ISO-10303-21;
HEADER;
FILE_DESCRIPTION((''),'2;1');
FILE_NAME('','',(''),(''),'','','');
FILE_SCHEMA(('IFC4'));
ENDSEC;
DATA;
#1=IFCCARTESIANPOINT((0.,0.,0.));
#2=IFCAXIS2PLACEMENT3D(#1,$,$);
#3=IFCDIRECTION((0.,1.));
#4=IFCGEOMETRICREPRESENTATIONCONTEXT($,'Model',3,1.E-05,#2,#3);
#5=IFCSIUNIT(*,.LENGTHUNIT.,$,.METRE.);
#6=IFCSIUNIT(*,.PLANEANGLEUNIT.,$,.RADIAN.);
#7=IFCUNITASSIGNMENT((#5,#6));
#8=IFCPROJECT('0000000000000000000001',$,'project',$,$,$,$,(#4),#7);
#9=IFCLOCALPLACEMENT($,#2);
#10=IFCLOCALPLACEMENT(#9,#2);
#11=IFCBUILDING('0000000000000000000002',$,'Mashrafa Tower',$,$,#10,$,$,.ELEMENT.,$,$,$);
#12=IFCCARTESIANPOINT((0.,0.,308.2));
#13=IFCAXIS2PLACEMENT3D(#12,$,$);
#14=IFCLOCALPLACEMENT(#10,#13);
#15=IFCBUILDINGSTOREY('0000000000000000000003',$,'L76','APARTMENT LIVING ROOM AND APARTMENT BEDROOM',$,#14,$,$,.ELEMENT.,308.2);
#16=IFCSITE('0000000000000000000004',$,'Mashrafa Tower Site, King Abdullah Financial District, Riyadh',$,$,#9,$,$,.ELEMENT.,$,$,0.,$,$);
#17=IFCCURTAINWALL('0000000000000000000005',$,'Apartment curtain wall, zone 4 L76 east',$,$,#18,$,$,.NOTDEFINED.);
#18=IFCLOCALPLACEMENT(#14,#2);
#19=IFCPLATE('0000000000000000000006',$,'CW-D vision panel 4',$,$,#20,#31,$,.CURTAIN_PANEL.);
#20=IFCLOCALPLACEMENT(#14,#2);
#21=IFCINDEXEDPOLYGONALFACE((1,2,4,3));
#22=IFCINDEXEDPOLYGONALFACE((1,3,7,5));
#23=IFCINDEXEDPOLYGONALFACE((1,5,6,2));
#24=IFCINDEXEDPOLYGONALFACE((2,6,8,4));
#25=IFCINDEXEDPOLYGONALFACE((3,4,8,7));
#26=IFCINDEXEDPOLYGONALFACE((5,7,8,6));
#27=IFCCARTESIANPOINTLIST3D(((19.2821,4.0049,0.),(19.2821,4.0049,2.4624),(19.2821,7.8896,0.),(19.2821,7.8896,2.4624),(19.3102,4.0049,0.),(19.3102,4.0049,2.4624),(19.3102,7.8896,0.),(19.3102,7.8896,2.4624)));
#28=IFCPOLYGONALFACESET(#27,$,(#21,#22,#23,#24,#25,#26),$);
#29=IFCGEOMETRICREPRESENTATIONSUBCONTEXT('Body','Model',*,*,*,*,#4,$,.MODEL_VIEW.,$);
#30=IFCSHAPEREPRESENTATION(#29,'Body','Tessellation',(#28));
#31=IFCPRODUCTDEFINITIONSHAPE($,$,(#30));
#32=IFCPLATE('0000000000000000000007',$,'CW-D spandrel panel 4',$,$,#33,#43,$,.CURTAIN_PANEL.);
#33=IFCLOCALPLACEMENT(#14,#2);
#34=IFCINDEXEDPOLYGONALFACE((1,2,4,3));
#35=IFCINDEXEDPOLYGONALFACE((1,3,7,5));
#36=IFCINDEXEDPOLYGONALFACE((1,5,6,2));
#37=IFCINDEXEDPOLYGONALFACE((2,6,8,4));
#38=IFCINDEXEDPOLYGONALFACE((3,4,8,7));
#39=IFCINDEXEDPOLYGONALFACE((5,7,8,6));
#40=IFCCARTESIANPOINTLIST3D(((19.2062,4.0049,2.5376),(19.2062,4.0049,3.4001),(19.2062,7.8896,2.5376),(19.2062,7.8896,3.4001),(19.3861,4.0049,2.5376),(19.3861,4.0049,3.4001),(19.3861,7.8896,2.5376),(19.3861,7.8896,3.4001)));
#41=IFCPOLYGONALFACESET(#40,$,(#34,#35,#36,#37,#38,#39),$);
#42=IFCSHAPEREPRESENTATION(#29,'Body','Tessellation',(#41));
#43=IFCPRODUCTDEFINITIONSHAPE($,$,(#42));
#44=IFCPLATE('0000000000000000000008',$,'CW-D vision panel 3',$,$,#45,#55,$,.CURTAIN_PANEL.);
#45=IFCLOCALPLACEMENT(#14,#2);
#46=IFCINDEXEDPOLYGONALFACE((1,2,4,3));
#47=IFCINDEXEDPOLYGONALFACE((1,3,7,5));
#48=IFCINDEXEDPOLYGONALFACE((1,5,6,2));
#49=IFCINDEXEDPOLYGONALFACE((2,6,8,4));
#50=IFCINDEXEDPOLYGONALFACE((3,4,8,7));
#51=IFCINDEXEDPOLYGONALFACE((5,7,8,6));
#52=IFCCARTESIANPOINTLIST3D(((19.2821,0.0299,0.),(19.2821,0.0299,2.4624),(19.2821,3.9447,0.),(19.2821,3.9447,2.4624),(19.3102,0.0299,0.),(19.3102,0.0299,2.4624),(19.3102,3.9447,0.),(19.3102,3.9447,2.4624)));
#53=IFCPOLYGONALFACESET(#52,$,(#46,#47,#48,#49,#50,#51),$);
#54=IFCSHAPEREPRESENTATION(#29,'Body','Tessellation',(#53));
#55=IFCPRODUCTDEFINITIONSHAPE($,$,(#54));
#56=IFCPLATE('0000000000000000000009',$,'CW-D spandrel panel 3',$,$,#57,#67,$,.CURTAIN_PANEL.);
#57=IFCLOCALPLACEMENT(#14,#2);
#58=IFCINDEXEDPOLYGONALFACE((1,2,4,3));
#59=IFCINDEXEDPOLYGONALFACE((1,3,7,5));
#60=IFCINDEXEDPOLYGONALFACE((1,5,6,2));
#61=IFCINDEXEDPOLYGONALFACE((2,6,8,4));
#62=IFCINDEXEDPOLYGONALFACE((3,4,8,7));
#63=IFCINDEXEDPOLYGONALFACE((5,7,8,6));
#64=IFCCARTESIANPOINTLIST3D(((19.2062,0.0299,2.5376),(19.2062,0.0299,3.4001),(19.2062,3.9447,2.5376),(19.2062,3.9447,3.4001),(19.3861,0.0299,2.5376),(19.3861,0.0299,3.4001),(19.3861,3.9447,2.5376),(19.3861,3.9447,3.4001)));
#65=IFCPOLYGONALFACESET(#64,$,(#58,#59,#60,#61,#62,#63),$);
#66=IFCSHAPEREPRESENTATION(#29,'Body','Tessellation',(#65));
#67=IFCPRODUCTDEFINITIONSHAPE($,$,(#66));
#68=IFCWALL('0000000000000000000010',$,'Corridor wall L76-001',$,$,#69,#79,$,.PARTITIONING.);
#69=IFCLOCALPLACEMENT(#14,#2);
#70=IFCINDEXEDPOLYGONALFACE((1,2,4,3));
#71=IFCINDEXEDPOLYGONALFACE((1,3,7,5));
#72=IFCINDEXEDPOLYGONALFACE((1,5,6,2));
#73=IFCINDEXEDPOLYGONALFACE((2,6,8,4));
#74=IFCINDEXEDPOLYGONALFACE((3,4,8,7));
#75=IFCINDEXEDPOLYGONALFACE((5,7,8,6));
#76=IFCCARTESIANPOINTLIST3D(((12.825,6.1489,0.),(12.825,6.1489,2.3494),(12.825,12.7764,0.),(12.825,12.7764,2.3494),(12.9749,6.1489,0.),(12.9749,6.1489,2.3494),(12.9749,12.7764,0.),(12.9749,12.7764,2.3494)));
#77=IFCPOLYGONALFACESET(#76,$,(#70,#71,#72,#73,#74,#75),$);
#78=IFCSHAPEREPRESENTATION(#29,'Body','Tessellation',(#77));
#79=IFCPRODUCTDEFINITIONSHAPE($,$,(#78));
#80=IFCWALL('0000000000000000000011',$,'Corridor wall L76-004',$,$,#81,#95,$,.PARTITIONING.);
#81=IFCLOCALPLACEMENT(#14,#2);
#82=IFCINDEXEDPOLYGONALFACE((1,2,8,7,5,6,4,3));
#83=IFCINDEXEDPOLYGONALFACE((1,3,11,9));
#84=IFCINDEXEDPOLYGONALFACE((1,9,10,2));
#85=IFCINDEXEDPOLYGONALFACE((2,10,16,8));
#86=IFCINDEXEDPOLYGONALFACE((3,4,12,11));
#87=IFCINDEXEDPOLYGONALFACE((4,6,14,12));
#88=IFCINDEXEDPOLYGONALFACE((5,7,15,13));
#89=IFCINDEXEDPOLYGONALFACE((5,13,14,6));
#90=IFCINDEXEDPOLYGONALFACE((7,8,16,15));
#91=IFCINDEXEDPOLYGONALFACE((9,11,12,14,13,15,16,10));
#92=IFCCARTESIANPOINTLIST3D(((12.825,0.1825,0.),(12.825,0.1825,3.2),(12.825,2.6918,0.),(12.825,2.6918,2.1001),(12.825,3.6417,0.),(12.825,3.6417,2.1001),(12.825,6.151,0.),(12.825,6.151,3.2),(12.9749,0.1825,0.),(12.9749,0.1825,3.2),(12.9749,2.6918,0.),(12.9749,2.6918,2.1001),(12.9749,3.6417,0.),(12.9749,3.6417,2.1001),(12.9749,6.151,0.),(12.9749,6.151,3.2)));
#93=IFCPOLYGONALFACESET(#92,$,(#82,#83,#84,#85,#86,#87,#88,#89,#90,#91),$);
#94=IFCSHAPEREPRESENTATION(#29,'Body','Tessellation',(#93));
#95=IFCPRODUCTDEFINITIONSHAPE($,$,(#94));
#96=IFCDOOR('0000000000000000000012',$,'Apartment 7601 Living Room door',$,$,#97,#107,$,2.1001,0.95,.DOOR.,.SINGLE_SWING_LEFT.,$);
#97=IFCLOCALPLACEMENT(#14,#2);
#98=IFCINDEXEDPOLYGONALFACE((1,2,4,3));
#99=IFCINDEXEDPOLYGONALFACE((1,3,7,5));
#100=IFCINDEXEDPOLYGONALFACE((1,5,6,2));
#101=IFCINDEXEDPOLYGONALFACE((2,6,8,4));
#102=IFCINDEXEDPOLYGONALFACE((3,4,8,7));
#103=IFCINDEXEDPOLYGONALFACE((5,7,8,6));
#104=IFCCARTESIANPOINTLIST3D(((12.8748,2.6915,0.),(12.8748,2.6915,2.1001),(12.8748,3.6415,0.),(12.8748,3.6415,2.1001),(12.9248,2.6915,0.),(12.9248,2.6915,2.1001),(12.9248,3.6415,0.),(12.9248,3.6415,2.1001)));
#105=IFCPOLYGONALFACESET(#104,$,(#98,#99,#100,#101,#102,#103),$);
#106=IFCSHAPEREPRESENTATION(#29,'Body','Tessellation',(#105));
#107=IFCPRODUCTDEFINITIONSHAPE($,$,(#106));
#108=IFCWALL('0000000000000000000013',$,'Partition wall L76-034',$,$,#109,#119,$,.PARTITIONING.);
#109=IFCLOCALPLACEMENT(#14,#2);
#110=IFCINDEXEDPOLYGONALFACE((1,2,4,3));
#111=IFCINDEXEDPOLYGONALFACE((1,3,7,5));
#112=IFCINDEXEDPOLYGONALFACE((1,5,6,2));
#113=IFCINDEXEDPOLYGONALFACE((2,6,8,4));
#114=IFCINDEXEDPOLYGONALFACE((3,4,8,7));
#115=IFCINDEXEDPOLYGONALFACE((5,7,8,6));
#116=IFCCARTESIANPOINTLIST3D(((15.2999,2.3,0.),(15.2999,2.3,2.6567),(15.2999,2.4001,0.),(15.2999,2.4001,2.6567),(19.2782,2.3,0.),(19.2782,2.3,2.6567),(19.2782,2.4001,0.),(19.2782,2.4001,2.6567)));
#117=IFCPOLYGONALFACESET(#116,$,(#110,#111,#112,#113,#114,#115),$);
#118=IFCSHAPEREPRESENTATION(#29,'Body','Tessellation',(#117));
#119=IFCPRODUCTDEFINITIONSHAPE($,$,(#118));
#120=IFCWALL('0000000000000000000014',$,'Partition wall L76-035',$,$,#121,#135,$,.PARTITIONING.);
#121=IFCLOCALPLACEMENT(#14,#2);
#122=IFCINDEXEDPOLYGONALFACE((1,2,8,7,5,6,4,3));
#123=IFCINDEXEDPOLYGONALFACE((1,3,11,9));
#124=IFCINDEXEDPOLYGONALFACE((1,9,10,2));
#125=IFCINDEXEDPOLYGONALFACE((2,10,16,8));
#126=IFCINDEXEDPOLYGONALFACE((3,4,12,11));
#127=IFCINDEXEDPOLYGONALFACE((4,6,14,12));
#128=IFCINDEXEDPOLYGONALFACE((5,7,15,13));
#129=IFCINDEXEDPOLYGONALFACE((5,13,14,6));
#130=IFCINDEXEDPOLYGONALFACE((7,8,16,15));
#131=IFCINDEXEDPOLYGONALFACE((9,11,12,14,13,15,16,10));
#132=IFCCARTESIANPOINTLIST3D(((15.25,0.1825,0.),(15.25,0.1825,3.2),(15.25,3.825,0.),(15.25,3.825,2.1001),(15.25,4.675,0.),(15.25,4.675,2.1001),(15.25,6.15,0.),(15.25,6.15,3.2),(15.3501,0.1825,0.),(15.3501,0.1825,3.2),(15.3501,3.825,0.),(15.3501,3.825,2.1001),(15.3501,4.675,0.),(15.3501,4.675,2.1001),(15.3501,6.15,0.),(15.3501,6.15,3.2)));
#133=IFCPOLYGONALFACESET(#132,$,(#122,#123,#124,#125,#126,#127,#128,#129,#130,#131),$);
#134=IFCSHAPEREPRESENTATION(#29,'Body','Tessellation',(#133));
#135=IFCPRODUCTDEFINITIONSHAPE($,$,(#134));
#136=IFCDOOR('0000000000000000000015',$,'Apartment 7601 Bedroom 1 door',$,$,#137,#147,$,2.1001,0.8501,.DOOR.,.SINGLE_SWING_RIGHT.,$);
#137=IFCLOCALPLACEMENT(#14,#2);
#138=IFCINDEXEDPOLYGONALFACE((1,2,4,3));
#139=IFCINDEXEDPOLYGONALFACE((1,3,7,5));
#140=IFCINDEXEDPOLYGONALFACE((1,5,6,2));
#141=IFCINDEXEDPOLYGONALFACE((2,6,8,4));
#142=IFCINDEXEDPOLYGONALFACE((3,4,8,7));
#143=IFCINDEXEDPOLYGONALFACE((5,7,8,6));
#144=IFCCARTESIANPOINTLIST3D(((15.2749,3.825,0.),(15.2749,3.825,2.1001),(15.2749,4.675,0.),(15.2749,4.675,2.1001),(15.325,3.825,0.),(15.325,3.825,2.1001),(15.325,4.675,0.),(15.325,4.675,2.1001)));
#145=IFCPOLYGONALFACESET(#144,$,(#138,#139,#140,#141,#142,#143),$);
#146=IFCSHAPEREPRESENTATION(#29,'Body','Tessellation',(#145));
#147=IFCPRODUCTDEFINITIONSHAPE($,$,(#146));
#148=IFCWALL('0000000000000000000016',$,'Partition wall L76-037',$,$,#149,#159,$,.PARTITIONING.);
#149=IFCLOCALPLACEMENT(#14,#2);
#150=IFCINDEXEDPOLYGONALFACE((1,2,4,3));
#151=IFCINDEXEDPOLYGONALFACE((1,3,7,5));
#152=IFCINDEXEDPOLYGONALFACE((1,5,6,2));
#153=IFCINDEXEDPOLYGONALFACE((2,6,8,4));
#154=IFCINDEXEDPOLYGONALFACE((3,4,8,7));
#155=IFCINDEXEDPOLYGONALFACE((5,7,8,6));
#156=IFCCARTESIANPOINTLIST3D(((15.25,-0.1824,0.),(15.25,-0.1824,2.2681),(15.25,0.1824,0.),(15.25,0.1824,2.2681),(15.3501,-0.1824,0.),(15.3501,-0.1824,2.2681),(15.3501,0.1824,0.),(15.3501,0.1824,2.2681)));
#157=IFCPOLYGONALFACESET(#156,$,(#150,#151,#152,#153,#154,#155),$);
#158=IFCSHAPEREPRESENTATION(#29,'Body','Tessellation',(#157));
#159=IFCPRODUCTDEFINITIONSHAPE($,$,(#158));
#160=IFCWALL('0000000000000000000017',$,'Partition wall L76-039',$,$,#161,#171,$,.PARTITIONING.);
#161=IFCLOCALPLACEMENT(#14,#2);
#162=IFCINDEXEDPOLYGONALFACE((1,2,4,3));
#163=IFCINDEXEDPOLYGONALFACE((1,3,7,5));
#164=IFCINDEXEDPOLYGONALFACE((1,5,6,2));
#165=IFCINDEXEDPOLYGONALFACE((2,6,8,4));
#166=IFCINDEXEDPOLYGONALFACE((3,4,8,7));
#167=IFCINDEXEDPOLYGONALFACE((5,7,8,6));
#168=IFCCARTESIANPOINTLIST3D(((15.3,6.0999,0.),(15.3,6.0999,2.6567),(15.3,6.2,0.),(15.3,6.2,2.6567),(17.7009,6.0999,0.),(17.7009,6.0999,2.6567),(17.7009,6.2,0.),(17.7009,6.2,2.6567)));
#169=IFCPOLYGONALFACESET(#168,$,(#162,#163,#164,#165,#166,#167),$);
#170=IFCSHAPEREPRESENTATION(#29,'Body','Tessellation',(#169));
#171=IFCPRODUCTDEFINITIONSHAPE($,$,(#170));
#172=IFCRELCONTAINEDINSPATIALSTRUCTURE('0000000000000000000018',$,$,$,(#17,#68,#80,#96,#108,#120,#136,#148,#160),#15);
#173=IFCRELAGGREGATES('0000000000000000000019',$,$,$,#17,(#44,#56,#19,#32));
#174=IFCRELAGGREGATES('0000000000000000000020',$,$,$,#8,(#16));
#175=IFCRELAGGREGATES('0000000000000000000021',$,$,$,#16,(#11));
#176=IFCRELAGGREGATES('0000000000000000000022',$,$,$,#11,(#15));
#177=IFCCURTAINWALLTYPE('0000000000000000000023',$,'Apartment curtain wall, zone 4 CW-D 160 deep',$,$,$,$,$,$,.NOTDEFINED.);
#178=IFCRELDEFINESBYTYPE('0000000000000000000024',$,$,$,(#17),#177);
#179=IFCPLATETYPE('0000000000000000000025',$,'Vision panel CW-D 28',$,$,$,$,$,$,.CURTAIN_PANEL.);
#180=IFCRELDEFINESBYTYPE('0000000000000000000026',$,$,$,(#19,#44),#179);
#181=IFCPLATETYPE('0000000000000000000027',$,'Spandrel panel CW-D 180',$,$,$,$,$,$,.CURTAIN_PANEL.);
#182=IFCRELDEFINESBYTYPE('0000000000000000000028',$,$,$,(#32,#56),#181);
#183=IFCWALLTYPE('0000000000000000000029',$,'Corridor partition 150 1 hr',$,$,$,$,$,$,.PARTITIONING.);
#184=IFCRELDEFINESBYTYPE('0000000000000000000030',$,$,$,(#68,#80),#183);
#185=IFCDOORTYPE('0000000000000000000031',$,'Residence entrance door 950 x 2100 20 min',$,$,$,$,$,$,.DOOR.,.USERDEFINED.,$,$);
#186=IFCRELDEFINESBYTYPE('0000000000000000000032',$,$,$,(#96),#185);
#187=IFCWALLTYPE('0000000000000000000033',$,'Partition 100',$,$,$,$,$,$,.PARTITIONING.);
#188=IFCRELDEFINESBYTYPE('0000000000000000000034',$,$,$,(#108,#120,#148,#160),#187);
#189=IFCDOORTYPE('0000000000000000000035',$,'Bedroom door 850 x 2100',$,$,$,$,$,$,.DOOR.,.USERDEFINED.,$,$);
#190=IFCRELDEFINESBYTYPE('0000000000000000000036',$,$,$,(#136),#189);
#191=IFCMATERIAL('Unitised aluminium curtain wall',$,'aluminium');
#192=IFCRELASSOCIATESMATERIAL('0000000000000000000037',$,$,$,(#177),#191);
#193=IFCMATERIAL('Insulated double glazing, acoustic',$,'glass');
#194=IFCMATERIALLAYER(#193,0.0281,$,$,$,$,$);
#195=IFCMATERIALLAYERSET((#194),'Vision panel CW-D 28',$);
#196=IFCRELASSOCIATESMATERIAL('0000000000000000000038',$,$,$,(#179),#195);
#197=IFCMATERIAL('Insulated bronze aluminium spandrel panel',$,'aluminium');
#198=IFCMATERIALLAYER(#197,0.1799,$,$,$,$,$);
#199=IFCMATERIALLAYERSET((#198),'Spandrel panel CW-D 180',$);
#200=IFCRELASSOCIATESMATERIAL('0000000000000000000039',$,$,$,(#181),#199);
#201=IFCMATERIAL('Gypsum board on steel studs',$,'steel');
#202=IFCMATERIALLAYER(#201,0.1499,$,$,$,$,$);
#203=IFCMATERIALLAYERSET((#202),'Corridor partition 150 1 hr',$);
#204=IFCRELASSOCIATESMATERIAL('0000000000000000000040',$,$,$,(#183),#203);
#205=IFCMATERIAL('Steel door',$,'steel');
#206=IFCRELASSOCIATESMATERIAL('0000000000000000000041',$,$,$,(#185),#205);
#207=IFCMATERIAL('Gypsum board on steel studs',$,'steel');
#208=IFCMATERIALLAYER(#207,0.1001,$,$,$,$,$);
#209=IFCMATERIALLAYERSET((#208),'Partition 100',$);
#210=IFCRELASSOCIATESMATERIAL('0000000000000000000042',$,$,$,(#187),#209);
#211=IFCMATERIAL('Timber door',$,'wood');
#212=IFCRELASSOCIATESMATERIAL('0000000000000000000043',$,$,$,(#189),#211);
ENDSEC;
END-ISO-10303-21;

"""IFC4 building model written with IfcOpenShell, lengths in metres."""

from ifc_helpers import new_model, si_unit, direction, frame, frame_2d, origin, origin_2d, place, context, subcontext, project, spatial, rectangle, extrude, source, transform, mapped, material, layer, layer_set, type_object, type_shapes, element, fill, aggregate, save


model = new_model("IFC4")

# Units and contexts
model_context = context("Model", 3, precision=1e-05, world=origin(), true_north=direction((0.0, 1.0)))
body_context = subcontext(model_context, "Body", "Model", "MODEL_VIEW")
ifc_project = project(units=[si_unit("LENGTHUNIT", "METRE"), si_unit("PLANEANGLEUNIT", "RADIAN")], contexts=[model_context])

# Site, building, storey
site_placement = place(None, origin())
site = spatial("IfcSite", under=ifc_project, at=site_placement, Name="Mashrafa Tower Site, King Abdullah Financial District, Riyadh", CompositionType="ELEMENT", RefElevation=0.0)
building_placement = place(site_placement, origin())
building = spatial("IfcBuilding", under=site, at=building_placement, Name="Mashrafa Tower", CompositionType="ELEMENT")
storey_placement = place(building_placement, frame((0.0, 0.0, 308.2)))
storey = spatial("IfcBuildingStorey", under=building, at=storey_placement, Name="L76", Description="APARTMENT LIVING ROOM AND APARTMENT BEDROOM", CompositionType="ELEMENT", Elevation=308.2)

# Curtain wall, plates
ifc_material_1 = material(Name="Unitised aluminium curtain wall", Category="aluminium")
curtain_wall_type = type_object("IfcCurtainWallType", Name="Apartment curtain wall, zone 4 CW-D 160 deep", PredefinedType="NOTDEFINED", material=ifc_material_1)
curtain_wall_placement = place(storey_placement, origin())
curtain_wall = element("IfcCurtainWall", 1, at=curtain_wall_placement, inside=storey, type_object=curtain_wall_type, Name="Apartment curtain wall, zone 4 L76 east", PredefinedType="NOTDEFINED")
ifc_material_2 = material(Name="Insulated double glazing, acoustic", Category="glass")
ifc_layer_1 = layer(ifc_material_2, 0.0281)
ifc_layer_set_1 = layer_set([ifc_layer_1], Name="Vision panel CW-D 28")
plate_type_1 = type_object("IfcPlateType", Name="Vision panel CW-D 28", PredefinedType="CURTAIN_PANEL", material=ifc_layer_set_1)
shared_shape_1 = source(origin(), body_context, "Body", "SweptSolid", [
    extrude(rectangle(XDim=3.8848, YDim=0.0281, at=origin_2d()), origin(), (0.0, 0.0, 1.0), 2.4624),
])
plate_1_placement = place(storey_placement, frame((19.2961, 5.9473, 0.0), z_axis=(0.0, 0.0, 1.0), x_axis=(0.0, 1.0, 0.0)))
plate_1 = element("IfcPlate", 2, at=plate_1_placement, type_object=plate_type_1, Name="CW-D vision panel 4", PredefinedType="CURTAIN_PANEL", context=body_context, shape_type="MappedRepresentation", body=[
    mapped(shared_shape_1, transform((0.0, 0.0, 0.0))),
])
ifc_material_3 = material(Name="Insulated bronze aluminium spandrel panel", Category="aluminium")
ifc_layer_2 = layer(ifc_material_3, 0.1799)
ifc_layer_set_2 = layer_set([ifc_layer_2], Name="Spandrel panel CW-D 180")
plate_type_2 = type_object("IfcPlateType", Name="Spandrel panel CW-D 180", PredefinedType="CURTAIN_PANEL", material=ifc_layer_set_2)
shared_shape_2 = source(origin(), body_context, "Body", "SweptSolid", [
    extrude(rectangle(XDim=3.8848, YDim=0.1799, at=origin_2d()), origin(), (0.0, 0.0, 1.0), 0.8625),
])
plate_2_placement = place(storey_placement, frame((19.2961, 5.9473, 2.5376), z_axis=(0.0, 0.0, 1.0), x_axis=(0.0, 1.0, 0.0)))
plate_2 = element("IfcPlate", 3, at=plate_2_placement, type_object=plate_type_2, Name="CW-D spandrel panel 4", PredefinedType="CURTAIN_PANEL", context=body_context, shape_type="MappedRepresentation", body=[
    mapped(shared_shape_2, transform((0.0, 0.0, 0.0))),
])
shared_shape_3 = source(origin(), body_context, "Body", "SweptSolid", [
    extrude(rectangle(XDim=3.9148, YDim=0.0281, at=origin_2d()), origin(), (0.0, 0.0, 1.0), 2.4624),
])
type_shapes(plate_type_1, [shared_shape_1, shared_shape_3])
plate_3_placement = place(storey_placement, frame((19.2961, 1.9873, 0.0), z_axis=(0.0, 0.0, 1.0), x_axis=(0.0, 1.0, 0.0)))
plate_3 = element("IfcPlate", 4, at=plate_3_placement, type_object=plate_type_1, Name="CW-D vision panel 3", PredefinedType="CURTAIN_PANEL", context=body_context, shape_type="MappedRepresentation", body=[
    mapped(shared_shape_3, transform((0.0, 0.0, 0.0))),
])
shared_shape_4 = source(origin(), body_context, "Body", "SweptSolid", [
    extrude(rectangle(XDim=3.9148, YDim=0.1799, at=origin_2d()), origin(), (0.0, 0.0, 1.0), 0.8625),
])
type_shapes(plate_type_2, [shared_shape_2, shared_shape_4])
plate_4_placement = place(storey_placement, frame((19.2961, 1.9873, 2.5376), z_axis=(0.0, 0.0, 1.0), x_axis=(0.0, 1.0, 0.0)))
plate_4 = element("IfcPlate", 5, at=plate_4_placement, type_object=plate_type_2, Name="CW-D spandrel panel 3", PredefinedType="CURTAIN_PANEL", context=body_context, shape_type="MappedRepresentation", body=[
    mapped(shared_shape_4, transform((0.0, 0.0, 0.0))),
])
aggregate(curtain_wall, [plate_3, plate_4, plate_1, plate_2])

# Wall
ifc_material_4 = material(Name="Gypsum board on steel studs", Category="steel")
ifc_layer_3 = layer(ifc_material_4, 0.1499)
ifc_layer_set_3 = layer_set([ifc_layer_3], Name="Corridor partition 150 1 hr")
wall_type_1 = type_object("IfcWallType", Name="Corridor partition 150 1 hr", PredefinedType="PARTITIONING", material=ifc_layer_set_3)
wall_1_placement = place(storey_placement, frame((12.8999, 6.1489, 0.0), z_axis=(0.0, 0.0, 1.0), x_axis=(0.0, 1.0, 0.0)))
element("IfcWall", 6, at=wall_1_placement, inside=storey, type_object=wall_type_1, Name="Corridor wall L76-001", PredefinedType="PARTITIONING", context=body_context, shape_type="SweptSolid", body=[
    extrude(rectangle(XDim=6.6274, YDim=0.1499, at=frame_2d((3.3137, 0.0))), origin(), (0.0, 0.0, 1.0), 2.3494),
])

# Wall, opening, door
wall_2_placement = place(storey_placement, frame((12.8999, 0.1824, 0.0), z_axis=(0.0, 0.0, 1.0), x_axis=(0.0, 1.0, 0.0)))
wall_2 = element("IfcWall", 7, at=wall_2_placement, inside=storey, type_object=wall_type_1, Name="Corridor wall L76-004", PredefinedType="PARTITIONING", context=body_context, shape_type="SweptSolid", body=[
    extrude(rectangle(XDim=5.9685, YDim=0.1499, at=frame_2d((2.9844, 0.0))), origin(), (0.0, 0.0, 1.0), 3.2),
])
opening_1_placement = place(wall_2_placement, frame((2.5093, 0.0, 0.0)))
opening_1 = element("IfcOpeningElement", 8, at=opening_1_placement, cuts=wall_2, PredefinedType="OPENING", context=body_context, shape_type="SweptSolid", body=[
    extrude(rectangle(XDim=0.95, YDim=2.1001, at=frame_2d((0.4751, 1.05))), frame((0.0, 0.085, 0.0), z_axis=(0.0, -1.0, 0.0), x_axis=(1.0, 0.0, 0.0)), (0.0, 0.0, 1.0), 0.1699),
])
ifc_material_5 = material(Name="Steel door", Category="steel")
door_type_1 = type_object("IfcDoorType", Name="Residence entrance door 950 x 2100 20 min", OperationType="USERDEFINED", PredefinedType="DOOR", material=ifc_material_5)
door_1_placement = place(opening_1_placement, frame((0.95, 0.0, 0.0), z_axis=(0.0, 0.0, 1.0), x_axis=(-1.0, 0.0, 0.0)))
door_1 = element("IfcDoor", 9, at=door_1_placement, inside=storey, type_object=door_type_1, Name="Apartment 7601 Living Room door", OperationType="SINGLE_SWING_LEFT", OverallHeight=2.1001, OverallWidth=0.95, PredefinedType="DOOR", context=body_context, shape_type="SweptSolid", body=[
    extrude(rectangle(XDim=0.95, YDim=2.1001, at=frame_2d((0.4751, 1.05))), frame((0.0, 0.0249, 0.0), z_axis=(0.0, -1.0, 0.0), x_axis=(1.0, 0.0, 0.0)), (0.0, 0.0, 1.0), 0.05),
])
fill(opening_1, door_1)

# Wall
ifc_material_6 = material(Name="Gypsum board on steel studs", Category="steel")
ifc_layer_4 = layer(ifc_material_6, 0.1001)
ifc_layer_set_4 = layer_set([ifc_layer_4], Name="Partition 100")
wall_type_2 = type_object("IfcWallType", Name="Partition 100", PredefinedType="PARTITIONING", material=ifc_layer_set_4)
wall_3_placement = place(storey_placement, frame((19.2783, 2.3501, 0.0), z_axis=(0.0, 0.0, 1.0), x_axis=(-1.0, 0.0, 0.0)))
element("IfcWall", 10, at=wall_3_placement, inside=storey, type_object=wall_type_2, Name="Partition wall L76-034", PredefinedType="PARTITIONING", context=body_context, shape_type="SweptSolid", body=[
    extrude(rectangle(XDim=3.9783, YDim=0.1001, at=frame_2d((1.9893, 0.0))), origin(), (0.0, 0.0, 1.0), 2.6567),
])

# Wall, opening, door
wall_4_placement = place(storey_placement, frame((15.3, 0.1824, 0.0), z_axis=(0.0, 0.0, 1.0), x_axis=(0.0, 1.0, 0.0)))
wall_4 = element("IfcWall", 11, at=wall_4_placement, inside=storey, type_object=wall_type_2, Name="Partition wall L76-035", PredefinedType="PARTITIONING", context=body_context, shape_type="SweptSolid", body=[
    extrude(rectangle(XDim=5.9675, YDim=0.1001, at=frame_2d((2.9839, 0.0))), origin(), (0.0, 0.0, 1.0), 3.2),
])
opening_2_placement = place(wall_4_placement, frame((3.6426, 0.0, 0.0)))
opening_2 = element("IfcOpeningElement", 12, at=opening_2_placement, cuts=wall_4, PredefinedType="OPENING", context=body_context, shape_type="SweptSolid", body=[
    extrude(rectangle(XDim=0.8501, YDim=2.1001, at=frame_2d((0.425, 1.05))), frame((0.0, 0.0601, 0.0), z_axis=(0.0, -1.0, 0.0), x_axis=(1.0, 0.0, 0.0)), (0.0, 0.0, 1.0), 0.1201),
])
ifc_material_7 = material(Name="Timber door", Category="wood")
door_type_2 = type_object("IfcDoorType", Name="Bedroom door 850 x 2100", OperationType="USERDEFINED", PredefinedType="DOOR", material=ifc_material_7)
door_2_placement = place(opening_2_placement, frame((0.8501, 0.0, 0.0), z_axis=(0.0, 0.0, 1.0), x_axis=(-1.0, 0.0, 0.0)))
door_2 = element("IfcDoor", 13, at=door_2_placement, inside=storey, type_object=door_type_2, Name="Apartment 7601 Bedroom 1 door", OperationType="SINGLE_SWING_RIGHT", OverallHeight=2.1001, OverallWidth=0.8501, PredefinedType="DOOR", context=body_context, shape_type="SweptSolid", body=[
    extrude(rectangle(XDim=0.8501, YDim=2.1001, at=frame_2d((0.425, 1.05))), frame((0.0, 0.0249, 0.0), z_axis=(0.0, -1.0, 0.0), x_axis=(1.0, 0.0, 0.0)), (0.0, 0.0, 1.0), 0.05),
])
fill(opening_2, door_2)

# Walls
wall_5_placement = place(storey_placement, frame((15.3, 0.1824, 0.0), z_axis=(0.0, 0.0, 1.0), x_axis=(0.0, -1.0, 0.0)))
element("IfcWall", 14, at=wall_5_placement, inside=storey, type_object=wall_type_2, Name="Partition wall L76-037", PredefinedType="PARTITIONING", context=body_context, shape_type="SweptSolid", body=[
    extrude(rectangle(XDim=0.3647, YDim=0.1001, at=frame_2d((0.1824, 0.0))), origin(), (0.0, 0.0, 1.0), 2.2681),
])
wall_6_placement = place(storey_placement, frame((17.7009, 6.1499, 0.0), z_axis=(0.0, 0.0, 1.0), x_axis=(-1.0, 0.0, 0.0)))
element("IfcWall", 15, at=wall_6_placement, inside=storey, type_object=wall_type_2, Name="Partition wall L76-039", PredefinedType="PARTITIONING", context=body_context, shape_type="SweptSolid", body=[
    extrude(rectangle(XDim=2.4009, YDim=0.1001, at=frame_2d((1.2004, 0.0))), origin(), (0.0, 0.0, 1.0), 2.6567),
])

save(model, "model.ifc")
